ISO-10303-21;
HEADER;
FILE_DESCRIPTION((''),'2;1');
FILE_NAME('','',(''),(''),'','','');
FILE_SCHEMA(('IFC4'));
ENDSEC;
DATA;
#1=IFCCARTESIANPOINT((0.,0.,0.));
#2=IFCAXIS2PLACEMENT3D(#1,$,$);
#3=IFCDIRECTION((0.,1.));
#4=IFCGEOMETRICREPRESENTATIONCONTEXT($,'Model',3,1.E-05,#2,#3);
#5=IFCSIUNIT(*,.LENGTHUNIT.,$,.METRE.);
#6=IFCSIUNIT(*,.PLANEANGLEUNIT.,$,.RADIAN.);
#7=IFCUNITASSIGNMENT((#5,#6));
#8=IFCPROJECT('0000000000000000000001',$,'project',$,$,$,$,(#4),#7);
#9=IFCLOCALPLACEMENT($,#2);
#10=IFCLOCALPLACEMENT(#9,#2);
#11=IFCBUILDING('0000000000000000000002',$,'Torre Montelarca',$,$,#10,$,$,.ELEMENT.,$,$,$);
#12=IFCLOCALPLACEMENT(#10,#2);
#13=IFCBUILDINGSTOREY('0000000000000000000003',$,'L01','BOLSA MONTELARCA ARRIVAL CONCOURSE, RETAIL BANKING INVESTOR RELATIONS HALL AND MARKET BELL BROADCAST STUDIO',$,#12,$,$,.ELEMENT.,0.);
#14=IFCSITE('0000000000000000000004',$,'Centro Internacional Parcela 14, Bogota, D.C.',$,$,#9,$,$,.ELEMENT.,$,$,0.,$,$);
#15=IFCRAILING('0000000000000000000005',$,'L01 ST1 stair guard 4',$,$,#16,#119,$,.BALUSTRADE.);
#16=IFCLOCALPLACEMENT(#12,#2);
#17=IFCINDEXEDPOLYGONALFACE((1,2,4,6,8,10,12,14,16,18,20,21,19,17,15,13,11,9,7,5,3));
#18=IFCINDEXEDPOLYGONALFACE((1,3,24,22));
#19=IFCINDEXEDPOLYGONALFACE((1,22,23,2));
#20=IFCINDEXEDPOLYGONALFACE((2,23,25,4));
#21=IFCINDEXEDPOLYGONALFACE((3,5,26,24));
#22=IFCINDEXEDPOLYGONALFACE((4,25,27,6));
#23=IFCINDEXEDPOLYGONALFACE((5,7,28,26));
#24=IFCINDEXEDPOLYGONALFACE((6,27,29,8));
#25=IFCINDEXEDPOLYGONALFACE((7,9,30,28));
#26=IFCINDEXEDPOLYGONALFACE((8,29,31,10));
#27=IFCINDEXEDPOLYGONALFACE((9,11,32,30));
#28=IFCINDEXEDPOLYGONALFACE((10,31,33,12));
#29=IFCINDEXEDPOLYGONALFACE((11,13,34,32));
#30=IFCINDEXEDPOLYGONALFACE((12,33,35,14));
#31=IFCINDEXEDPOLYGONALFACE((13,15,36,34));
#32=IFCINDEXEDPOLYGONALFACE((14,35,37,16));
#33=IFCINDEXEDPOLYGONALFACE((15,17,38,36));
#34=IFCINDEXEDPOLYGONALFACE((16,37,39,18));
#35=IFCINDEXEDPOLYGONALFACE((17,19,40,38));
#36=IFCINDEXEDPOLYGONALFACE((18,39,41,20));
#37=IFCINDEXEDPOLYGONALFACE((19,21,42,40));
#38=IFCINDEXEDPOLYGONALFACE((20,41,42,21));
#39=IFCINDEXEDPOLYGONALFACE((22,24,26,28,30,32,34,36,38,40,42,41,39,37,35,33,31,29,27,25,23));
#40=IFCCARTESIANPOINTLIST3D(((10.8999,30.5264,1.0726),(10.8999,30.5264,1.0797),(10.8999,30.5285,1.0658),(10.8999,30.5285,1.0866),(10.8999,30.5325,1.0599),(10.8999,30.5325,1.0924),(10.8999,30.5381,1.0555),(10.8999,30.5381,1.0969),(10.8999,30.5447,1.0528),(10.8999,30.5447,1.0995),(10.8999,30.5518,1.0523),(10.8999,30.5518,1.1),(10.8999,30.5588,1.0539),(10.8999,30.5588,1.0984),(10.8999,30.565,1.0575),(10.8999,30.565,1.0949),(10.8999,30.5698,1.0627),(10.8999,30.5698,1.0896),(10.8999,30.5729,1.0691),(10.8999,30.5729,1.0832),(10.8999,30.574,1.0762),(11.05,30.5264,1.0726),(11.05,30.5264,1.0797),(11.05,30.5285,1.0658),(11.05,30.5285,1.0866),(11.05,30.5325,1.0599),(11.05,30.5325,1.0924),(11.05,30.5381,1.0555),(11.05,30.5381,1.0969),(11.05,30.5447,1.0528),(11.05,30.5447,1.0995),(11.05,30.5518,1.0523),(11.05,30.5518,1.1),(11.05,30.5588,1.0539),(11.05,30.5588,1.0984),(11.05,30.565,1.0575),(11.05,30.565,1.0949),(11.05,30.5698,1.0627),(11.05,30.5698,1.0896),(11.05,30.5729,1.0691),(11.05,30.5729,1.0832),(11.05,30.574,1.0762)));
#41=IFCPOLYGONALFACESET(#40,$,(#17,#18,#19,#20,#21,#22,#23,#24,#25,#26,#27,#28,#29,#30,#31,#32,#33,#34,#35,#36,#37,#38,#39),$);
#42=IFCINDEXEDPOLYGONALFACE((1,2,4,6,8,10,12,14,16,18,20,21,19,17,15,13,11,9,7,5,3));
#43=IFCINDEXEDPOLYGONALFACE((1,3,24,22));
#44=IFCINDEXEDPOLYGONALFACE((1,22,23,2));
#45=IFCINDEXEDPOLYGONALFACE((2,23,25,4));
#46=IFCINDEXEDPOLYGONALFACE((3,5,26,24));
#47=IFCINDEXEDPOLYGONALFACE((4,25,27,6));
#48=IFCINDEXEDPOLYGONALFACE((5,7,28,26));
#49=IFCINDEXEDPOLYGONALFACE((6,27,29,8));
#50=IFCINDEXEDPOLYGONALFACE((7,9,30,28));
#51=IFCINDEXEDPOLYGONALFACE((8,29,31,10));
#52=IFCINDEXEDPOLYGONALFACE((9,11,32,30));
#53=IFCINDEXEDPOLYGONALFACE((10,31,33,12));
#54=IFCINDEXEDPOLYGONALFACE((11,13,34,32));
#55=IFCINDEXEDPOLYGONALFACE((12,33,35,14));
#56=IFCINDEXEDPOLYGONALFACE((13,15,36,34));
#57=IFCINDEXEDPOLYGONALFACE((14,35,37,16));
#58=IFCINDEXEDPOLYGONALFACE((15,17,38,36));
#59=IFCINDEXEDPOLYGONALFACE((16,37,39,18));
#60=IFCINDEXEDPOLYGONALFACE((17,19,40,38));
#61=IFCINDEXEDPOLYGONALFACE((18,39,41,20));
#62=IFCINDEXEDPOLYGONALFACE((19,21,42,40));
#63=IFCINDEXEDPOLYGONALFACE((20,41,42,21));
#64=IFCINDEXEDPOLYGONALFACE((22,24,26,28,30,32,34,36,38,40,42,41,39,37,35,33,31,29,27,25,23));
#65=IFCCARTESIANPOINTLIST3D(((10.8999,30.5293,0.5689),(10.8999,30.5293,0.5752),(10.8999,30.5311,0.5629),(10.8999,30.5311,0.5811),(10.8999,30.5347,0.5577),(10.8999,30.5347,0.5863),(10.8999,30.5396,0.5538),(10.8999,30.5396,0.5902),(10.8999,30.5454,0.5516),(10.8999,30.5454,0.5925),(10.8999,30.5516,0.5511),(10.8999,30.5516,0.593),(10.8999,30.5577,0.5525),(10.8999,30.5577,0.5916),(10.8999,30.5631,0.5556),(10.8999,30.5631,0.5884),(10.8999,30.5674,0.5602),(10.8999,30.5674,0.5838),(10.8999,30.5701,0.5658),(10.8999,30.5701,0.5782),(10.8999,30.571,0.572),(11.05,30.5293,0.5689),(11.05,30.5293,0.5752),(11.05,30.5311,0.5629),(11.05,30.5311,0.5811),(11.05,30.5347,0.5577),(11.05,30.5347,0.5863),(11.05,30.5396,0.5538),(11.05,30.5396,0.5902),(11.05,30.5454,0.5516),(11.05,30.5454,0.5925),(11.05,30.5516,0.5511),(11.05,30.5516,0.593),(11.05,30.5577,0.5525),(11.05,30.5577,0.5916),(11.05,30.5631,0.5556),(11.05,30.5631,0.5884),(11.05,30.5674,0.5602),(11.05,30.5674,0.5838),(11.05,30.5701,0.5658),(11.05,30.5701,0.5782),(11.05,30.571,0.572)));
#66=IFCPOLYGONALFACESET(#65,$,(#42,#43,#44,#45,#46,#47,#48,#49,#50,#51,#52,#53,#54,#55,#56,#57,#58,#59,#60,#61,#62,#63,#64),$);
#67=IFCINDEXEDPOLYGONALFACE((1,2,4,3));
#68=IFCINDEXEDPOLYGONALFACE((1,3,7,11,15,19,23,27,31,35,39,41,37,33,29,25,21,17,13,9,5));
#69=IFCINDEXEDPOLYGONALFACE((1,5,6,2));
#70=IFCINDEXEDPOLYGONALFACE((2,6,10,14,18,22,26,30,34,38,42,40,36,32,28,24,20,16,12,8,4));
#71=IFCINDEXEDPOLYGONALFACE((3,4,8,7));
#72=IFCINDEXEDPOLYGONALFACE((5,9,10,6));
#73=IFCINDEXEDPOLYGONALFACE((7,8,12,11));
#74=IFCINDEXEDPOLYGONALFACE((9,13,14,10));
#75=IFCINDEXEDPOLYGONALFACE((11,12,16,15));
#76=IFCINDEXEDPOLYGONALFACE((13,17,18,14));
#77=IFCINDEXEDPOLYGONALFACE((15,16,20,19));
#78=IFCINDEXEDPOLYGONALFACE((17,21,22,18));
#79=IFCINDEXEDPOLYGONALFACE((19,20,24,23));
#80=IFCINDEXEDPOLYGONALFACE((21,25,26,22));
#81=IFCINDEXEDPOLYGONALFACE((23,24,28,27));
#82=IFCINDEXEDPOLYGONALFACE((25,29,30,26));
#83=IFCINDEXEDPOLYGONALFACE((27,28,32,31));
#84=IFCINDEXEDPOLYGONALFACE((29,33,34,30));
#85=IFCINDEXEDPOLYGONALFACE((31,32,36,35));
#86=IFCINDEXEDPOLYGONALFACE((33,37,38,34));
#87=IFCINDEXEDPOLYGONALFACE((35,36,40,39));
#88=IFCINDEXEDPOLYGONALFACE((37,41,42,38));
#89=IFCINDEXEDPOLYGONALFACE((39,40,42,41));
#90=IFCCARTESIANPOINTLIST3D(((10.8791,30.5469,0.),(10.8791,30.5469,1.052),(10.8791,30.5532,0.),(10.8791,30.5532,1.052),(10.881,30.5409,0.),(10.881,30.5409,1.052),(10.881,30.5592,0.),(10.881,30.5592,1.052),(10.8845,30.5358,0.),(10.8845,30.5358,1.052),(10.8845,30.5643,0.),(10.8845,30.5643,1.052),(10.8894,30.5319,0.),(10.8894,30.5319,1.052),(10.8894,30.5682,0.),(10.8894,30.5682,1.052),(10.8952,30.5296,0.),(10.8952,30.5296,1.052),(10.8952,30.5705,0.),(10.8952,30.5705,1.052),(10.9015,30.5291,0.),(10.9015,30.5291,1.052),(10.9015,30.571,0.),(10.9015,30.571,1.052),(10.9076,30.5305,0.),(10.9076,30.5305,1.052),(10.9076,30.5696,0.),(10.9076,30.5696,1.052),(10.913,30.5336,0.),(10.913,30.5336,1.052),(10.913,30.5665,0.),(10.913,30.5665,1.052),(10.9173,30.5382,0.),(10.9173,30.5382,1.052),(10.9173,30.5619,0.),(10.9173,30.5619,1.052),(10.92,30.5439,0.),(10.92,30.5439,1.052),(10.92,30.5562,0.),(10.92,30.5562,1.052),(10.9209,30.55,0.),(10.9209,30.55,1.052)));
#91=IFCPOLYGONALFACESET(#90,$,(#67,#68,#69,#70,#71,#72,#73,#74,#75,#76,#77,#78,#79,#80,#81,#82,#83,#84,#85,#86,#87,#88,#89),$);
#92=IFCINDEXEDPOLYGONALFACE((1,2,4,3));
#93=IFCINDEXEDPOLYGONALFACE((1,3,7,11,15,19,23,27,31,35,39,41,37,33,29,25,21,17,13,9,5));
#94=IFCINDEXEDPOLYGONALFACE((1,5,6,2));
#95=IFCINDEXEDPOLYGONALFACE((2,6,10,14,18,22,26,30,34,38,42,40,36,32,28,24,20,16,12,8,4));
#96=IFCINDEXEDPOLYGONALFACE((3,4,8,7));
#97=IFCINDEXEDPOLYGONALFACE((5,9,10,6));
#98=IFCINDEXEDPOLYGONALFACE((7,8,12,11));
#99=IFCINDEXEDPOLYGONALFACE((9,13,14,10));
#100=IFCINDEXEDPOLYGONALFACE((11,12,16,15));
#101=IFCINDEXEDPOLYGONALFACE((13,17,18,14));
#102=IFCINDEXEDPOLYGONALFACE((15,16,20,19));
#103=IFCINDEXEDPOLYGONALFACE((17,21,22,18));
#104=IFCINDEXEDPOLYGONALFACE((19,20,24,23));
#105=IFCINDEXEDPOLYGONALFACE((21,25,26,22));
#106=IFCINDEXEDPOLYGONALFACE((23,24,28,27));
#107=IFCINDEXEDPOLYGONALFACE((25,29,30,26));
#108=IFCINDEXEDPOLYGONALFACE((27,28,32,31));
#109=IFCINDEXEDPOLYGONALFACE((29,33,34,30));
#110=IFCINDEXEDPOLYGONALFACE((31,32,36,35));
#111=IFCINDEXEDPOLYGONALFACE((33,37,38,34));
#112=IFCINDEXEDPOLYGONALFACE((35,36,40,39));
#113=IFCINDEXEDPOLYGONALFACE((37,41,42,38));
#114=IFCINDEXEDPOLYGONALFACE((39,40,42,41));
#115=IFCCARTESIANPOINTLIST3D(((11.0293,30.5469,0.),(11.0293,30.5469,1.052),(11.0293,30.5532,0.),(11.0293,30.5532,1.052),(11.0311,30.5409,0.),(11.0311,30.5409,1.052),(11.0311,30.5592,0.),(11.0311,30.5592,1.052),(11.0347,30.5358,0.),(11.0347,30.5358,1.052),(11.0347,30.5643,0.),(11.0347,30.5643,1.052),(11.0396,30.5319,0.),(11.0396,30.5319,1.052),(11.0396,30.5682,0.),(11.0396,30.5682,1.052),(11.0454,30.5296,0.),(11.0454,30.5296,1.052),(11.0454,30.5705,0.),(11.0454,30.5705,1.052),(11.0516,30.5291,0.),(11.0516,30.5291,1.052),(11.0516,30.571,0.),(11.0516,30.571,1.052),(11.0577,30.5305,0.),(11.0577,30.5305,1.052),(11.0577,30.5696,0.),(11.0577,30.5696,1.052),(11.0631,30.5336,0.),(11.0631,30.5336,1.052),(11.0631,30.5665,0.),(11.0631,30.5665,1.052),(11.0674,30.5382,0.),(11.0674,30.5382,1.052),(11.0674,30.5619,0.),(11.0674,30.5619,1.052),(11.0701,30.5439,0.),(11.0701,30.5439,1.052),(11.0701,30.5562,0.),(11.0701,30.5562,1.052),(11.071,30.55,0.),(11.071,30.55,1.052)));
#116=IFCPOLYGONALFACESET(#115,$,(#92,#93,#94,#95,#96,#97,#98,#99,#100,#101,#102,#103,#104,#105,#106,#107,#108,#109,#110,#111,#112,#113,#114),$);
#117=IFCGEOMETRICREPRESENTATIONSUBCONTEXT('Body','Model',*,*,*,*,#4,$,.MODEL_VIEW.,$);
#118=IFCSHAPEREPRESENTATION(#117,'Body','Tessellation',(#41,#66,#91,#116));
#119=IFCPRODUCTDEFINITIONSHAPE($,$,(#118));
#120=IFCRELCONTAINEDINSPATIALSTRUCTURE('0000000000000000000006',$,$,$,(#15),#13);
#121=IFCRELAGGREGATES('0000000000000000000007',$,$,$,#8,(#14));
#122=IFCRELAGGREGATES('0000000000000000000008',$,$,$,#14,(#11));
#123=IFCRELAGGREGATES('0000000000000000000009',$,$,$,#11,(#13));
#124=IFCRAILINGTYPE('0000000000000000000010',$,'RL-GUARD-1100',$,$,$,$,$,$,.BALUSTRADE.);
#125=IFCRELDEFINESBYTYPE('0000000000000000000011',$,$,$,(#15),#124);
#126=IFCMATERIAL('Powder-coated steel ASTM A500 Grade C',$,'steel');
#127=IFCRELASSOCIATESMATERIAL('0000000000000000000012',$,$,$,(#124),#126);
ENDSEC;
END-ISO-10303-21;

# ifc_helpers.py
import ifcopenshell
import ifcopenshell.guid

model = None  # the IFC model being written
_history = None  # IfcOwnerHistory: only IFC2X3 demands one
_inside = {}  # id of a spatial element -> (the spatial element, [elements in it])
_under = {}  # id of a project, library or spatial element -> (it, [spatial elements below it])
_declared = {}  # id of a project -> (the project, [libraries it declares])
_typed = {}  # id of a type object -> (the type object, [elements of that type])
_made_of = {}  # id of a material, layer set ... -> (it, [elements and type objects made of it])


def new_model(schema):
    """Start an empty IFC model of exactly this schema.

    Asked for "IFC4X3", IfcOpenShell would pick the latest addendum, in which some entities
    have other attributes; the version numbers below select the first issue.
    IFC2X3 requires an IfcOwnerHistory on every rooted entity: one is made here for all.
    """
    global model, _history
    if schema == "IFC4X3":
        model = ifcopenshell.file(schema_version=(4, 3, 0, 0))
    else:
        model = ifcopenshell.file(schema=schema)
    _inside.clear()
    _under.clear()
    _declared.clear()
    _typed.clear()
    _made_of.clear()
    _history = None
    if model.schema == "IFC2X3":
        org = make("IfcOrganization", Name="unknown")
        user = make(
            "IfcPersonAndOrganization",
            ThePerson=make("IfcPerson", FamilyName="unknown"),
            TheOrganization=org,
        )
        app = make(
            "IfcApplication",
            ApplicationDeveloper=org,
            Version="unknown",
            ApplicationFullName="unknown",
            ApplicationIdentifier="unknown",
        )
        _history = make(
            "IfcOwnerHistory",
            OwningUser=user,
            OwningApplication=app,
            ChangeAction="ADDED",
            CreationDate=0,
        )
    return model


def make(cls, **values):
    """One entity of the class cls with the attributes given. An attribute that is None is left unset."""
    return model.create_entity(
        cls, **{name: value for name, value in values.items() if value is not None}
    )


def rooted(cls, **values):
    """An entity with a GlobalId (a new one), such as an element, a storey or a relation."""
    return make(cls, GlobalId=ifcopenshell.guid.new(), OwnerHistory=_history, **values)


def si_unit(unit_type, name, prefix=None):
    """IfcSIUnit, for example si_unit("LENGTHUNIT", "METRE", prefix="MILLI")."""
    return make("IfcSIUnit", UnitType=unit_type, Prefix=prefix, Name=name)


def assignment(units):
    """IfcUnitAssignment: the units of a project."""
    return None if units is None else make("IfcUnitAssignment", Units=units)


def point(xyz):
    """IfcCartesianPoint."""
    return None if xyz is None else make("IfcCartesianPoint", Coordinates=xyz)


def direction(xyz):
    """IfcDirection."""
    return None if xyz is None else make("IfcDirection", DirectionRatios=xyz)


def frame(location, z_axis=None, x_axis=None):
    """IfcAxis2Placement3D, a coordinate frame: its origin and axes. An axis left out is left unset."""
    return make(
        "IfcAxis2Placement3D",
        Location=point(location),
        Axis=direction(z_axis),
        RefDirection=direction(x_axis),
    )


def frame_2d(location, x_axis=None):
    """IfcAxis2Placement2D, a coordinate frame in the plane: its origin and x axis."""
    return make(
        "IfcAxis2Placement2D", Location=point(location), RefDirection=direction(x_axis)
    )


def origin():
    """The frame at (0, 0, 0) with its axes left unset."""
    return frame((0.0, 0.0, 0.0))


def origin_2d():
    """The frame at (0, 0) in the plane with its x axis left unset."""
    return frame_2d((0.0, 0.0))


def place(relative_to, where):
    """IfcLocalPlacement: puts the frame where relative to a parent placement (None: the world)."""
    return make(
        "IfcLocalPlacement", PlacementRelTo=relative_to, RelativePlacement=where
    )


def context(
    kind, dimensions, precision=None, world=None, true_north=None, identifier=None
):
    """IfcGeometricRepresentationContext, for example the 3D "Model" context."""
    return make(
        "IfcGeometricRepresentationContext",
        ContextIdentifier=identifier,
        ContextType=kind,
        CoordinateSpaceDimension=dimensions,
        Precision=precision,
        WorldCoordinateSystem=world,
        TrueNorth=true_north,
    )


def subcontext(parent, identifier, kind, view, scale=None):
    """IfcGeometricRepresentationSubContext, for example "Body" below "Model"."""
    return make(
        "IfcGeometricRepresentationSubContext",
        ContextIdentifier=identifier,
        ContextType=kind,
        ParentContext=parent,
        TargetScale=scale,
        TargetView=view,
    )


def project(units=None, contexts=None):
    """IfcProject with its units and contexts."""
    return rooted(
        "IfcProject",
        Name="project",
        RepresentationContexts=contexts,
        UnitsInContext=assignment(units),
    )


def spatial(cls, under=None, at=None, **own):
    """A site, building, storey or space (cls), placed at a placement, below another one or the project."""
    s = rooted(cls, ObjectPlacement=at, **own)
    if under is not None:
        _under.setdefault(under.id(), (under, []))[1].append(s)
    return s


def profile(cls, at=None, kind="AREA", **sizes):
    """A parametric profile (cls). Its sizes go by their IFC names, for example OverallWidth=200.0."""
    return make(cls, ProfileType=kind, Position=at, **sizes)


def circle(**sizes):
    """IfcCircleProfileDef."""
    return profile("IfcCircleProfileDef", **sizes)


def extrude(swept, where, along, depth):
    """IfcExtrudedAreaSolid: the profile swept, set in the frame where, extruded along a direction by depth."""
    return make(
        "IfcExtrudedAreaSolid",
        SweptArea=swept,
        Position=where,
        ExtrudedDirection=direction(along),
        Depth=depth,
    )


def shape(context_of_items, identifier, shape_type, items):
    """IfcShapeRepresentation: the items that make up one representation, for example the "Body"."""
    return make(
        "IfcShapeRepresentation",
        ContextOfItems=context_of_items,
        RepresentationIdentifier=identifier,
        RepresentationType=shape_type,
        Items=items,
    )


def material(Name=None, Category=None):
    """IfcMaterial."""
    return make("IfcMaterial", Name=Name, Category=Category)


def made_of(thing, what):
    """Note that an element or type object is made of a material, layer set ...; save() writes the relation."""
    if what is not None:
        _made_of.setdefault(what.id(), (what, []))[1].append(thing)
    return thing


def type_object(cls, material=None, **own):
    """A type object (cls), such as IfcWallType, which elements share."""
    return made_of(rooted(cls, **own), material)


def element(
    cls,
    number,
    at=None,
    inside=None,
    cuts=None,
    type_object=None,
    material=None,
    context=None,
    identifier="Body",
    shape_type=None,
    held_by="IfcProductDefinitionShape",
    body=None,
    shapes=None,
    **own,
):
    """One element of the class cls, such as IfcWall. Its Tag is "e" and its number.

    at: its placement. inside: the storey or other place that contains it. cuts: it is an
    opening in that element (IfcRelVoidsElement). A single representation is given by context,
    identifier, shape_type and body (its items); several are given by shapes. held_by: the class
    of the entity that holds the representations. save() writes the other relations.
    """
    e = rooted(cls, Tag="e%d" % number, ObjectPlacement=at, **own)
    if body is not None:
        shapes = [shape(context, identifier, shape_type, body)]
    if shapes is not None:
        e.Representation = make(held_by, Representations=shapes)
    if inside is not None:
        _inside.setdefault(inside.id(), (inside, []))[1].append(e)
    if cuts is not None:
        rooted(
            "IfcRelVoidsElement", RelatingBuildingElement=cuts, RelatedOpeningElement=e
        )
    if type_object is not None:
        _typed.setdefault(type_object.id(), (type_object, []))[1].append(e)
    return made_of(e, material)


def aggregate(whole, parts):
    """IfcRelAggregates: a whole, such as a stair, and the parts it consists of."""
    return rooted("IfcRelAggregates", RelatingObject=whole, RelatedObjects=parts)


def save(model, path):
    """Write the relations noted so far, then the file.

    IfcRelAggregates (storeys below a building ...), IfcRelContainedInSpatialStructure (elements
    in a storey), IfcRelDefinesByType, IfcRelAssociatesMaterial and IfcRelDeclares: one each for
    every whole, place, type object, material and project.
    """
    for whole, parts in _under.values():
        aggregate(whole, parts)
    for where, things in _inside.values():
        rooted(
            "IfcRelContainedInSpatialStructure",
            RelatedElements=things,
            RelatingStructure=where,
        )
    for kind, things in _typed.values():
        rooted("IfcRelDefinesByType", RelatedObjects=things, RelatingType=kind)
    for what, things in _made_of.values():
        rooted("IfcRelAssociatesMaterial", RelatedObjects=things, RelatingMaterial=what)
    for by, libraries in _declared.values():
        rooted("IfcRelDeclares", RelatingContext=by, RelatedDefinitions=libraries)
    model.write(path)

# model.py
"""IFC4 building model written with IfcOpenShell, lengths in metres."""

from ifc_helpers import new_model, si_unit, direction, frame, origin, origin_2d, place, context, subcontext, project, spatial, circle, extrude, material, type_object, element, save


model = new_model("IFC4")

# Units and contexts
model_context = context("Model", 3, precision=1e-05, world=origin(), true_north=direction((0.0, 1.0)))
body_context = subcontext(model_context, "Body", "Model", "MODEL_VIEW")
ifc_project = project(units=[si_unit("LENGTHUNIT", "METRE"), si_unit("PLANEANGLEUNIT", "RADIAN")], contexts=[model_context])

# Site, building, storey
site_placement = place(None, origin())
site = spatial("IfcSite", under=ifc_project, at=site_placement, Name="Centro Internacional Parcela 14, Bogota, D.C.", CompositionType="ELEMENT", RefElevation=0.0)
building_placement = place(site_placement, origin())
building = spatial("IfcBuilding", under=site, at=building_placement, Name="Torre Montelarca", CompositionType="ELEMENT")
storey_placement = place(building_placement, origin())
storey = spatial("IfcBuildingStorey", under=building, at=storey_placement, Name="L01", Description="BOLSA MONTELARCA ARRIVAL CONCOURSE, RETAIL BANKING INVESTOR RELATIONS HALL AND MARKET BELL BROADCAST STUDIO", CompositionType="ELEMENT", Elevation=0.0)

# Railing
ifc_material_1 = material(Name="Powder-coated steel ASTM A500 Grade C", Category="steel")
railing_type_1 = type_object("IfcRailingType", Name="RL-GUARD-1100", PredefinedType="BALUSTRADE", material=ifc_material_1)
railing_1_placement = place(storey_placement, frame((10.8999, 30.55, 0.0)))
element("IfcRailing", 1, at=railing_1_placement, inside=storey, type_object=railing_type_1, Name="L01 ST1 stair guard 4", PredefinedType="BALUSTRADE", context=body_context, shape_type="SweptSolid", body=[
    extrude(circle(Radius=0.0239, at=origin_2d()), frame((0.0, 0.0, 1.0762), z_axis=(1.0, 0.0, 0.0), x_axis=(0.0, 1.0, 0.0)), (0.0, 0.0, 1.0), 0.1501),
    extrude(circle(Radius=0.021, at=origin_2d()), frame((0.0, 0.0, 0.572), z_axis=(1.0, 0.0, 0.0), x_axis=(0.0, 1.0, 0.0)), (0.0, 0.0, 1.0), 0.1501),
    extrude(circle(Radius=0.021, at=origin_2d()), origin(), (0.0, 0.0, 1.0), 1.052),
    extrude(circle(Radius=0.021, at=origin_2d()), frame((0.1501, 0.0, 0.0)), (0.0, 0.0, 1.0), 1.052),
])

save(model, "model.ifc")
